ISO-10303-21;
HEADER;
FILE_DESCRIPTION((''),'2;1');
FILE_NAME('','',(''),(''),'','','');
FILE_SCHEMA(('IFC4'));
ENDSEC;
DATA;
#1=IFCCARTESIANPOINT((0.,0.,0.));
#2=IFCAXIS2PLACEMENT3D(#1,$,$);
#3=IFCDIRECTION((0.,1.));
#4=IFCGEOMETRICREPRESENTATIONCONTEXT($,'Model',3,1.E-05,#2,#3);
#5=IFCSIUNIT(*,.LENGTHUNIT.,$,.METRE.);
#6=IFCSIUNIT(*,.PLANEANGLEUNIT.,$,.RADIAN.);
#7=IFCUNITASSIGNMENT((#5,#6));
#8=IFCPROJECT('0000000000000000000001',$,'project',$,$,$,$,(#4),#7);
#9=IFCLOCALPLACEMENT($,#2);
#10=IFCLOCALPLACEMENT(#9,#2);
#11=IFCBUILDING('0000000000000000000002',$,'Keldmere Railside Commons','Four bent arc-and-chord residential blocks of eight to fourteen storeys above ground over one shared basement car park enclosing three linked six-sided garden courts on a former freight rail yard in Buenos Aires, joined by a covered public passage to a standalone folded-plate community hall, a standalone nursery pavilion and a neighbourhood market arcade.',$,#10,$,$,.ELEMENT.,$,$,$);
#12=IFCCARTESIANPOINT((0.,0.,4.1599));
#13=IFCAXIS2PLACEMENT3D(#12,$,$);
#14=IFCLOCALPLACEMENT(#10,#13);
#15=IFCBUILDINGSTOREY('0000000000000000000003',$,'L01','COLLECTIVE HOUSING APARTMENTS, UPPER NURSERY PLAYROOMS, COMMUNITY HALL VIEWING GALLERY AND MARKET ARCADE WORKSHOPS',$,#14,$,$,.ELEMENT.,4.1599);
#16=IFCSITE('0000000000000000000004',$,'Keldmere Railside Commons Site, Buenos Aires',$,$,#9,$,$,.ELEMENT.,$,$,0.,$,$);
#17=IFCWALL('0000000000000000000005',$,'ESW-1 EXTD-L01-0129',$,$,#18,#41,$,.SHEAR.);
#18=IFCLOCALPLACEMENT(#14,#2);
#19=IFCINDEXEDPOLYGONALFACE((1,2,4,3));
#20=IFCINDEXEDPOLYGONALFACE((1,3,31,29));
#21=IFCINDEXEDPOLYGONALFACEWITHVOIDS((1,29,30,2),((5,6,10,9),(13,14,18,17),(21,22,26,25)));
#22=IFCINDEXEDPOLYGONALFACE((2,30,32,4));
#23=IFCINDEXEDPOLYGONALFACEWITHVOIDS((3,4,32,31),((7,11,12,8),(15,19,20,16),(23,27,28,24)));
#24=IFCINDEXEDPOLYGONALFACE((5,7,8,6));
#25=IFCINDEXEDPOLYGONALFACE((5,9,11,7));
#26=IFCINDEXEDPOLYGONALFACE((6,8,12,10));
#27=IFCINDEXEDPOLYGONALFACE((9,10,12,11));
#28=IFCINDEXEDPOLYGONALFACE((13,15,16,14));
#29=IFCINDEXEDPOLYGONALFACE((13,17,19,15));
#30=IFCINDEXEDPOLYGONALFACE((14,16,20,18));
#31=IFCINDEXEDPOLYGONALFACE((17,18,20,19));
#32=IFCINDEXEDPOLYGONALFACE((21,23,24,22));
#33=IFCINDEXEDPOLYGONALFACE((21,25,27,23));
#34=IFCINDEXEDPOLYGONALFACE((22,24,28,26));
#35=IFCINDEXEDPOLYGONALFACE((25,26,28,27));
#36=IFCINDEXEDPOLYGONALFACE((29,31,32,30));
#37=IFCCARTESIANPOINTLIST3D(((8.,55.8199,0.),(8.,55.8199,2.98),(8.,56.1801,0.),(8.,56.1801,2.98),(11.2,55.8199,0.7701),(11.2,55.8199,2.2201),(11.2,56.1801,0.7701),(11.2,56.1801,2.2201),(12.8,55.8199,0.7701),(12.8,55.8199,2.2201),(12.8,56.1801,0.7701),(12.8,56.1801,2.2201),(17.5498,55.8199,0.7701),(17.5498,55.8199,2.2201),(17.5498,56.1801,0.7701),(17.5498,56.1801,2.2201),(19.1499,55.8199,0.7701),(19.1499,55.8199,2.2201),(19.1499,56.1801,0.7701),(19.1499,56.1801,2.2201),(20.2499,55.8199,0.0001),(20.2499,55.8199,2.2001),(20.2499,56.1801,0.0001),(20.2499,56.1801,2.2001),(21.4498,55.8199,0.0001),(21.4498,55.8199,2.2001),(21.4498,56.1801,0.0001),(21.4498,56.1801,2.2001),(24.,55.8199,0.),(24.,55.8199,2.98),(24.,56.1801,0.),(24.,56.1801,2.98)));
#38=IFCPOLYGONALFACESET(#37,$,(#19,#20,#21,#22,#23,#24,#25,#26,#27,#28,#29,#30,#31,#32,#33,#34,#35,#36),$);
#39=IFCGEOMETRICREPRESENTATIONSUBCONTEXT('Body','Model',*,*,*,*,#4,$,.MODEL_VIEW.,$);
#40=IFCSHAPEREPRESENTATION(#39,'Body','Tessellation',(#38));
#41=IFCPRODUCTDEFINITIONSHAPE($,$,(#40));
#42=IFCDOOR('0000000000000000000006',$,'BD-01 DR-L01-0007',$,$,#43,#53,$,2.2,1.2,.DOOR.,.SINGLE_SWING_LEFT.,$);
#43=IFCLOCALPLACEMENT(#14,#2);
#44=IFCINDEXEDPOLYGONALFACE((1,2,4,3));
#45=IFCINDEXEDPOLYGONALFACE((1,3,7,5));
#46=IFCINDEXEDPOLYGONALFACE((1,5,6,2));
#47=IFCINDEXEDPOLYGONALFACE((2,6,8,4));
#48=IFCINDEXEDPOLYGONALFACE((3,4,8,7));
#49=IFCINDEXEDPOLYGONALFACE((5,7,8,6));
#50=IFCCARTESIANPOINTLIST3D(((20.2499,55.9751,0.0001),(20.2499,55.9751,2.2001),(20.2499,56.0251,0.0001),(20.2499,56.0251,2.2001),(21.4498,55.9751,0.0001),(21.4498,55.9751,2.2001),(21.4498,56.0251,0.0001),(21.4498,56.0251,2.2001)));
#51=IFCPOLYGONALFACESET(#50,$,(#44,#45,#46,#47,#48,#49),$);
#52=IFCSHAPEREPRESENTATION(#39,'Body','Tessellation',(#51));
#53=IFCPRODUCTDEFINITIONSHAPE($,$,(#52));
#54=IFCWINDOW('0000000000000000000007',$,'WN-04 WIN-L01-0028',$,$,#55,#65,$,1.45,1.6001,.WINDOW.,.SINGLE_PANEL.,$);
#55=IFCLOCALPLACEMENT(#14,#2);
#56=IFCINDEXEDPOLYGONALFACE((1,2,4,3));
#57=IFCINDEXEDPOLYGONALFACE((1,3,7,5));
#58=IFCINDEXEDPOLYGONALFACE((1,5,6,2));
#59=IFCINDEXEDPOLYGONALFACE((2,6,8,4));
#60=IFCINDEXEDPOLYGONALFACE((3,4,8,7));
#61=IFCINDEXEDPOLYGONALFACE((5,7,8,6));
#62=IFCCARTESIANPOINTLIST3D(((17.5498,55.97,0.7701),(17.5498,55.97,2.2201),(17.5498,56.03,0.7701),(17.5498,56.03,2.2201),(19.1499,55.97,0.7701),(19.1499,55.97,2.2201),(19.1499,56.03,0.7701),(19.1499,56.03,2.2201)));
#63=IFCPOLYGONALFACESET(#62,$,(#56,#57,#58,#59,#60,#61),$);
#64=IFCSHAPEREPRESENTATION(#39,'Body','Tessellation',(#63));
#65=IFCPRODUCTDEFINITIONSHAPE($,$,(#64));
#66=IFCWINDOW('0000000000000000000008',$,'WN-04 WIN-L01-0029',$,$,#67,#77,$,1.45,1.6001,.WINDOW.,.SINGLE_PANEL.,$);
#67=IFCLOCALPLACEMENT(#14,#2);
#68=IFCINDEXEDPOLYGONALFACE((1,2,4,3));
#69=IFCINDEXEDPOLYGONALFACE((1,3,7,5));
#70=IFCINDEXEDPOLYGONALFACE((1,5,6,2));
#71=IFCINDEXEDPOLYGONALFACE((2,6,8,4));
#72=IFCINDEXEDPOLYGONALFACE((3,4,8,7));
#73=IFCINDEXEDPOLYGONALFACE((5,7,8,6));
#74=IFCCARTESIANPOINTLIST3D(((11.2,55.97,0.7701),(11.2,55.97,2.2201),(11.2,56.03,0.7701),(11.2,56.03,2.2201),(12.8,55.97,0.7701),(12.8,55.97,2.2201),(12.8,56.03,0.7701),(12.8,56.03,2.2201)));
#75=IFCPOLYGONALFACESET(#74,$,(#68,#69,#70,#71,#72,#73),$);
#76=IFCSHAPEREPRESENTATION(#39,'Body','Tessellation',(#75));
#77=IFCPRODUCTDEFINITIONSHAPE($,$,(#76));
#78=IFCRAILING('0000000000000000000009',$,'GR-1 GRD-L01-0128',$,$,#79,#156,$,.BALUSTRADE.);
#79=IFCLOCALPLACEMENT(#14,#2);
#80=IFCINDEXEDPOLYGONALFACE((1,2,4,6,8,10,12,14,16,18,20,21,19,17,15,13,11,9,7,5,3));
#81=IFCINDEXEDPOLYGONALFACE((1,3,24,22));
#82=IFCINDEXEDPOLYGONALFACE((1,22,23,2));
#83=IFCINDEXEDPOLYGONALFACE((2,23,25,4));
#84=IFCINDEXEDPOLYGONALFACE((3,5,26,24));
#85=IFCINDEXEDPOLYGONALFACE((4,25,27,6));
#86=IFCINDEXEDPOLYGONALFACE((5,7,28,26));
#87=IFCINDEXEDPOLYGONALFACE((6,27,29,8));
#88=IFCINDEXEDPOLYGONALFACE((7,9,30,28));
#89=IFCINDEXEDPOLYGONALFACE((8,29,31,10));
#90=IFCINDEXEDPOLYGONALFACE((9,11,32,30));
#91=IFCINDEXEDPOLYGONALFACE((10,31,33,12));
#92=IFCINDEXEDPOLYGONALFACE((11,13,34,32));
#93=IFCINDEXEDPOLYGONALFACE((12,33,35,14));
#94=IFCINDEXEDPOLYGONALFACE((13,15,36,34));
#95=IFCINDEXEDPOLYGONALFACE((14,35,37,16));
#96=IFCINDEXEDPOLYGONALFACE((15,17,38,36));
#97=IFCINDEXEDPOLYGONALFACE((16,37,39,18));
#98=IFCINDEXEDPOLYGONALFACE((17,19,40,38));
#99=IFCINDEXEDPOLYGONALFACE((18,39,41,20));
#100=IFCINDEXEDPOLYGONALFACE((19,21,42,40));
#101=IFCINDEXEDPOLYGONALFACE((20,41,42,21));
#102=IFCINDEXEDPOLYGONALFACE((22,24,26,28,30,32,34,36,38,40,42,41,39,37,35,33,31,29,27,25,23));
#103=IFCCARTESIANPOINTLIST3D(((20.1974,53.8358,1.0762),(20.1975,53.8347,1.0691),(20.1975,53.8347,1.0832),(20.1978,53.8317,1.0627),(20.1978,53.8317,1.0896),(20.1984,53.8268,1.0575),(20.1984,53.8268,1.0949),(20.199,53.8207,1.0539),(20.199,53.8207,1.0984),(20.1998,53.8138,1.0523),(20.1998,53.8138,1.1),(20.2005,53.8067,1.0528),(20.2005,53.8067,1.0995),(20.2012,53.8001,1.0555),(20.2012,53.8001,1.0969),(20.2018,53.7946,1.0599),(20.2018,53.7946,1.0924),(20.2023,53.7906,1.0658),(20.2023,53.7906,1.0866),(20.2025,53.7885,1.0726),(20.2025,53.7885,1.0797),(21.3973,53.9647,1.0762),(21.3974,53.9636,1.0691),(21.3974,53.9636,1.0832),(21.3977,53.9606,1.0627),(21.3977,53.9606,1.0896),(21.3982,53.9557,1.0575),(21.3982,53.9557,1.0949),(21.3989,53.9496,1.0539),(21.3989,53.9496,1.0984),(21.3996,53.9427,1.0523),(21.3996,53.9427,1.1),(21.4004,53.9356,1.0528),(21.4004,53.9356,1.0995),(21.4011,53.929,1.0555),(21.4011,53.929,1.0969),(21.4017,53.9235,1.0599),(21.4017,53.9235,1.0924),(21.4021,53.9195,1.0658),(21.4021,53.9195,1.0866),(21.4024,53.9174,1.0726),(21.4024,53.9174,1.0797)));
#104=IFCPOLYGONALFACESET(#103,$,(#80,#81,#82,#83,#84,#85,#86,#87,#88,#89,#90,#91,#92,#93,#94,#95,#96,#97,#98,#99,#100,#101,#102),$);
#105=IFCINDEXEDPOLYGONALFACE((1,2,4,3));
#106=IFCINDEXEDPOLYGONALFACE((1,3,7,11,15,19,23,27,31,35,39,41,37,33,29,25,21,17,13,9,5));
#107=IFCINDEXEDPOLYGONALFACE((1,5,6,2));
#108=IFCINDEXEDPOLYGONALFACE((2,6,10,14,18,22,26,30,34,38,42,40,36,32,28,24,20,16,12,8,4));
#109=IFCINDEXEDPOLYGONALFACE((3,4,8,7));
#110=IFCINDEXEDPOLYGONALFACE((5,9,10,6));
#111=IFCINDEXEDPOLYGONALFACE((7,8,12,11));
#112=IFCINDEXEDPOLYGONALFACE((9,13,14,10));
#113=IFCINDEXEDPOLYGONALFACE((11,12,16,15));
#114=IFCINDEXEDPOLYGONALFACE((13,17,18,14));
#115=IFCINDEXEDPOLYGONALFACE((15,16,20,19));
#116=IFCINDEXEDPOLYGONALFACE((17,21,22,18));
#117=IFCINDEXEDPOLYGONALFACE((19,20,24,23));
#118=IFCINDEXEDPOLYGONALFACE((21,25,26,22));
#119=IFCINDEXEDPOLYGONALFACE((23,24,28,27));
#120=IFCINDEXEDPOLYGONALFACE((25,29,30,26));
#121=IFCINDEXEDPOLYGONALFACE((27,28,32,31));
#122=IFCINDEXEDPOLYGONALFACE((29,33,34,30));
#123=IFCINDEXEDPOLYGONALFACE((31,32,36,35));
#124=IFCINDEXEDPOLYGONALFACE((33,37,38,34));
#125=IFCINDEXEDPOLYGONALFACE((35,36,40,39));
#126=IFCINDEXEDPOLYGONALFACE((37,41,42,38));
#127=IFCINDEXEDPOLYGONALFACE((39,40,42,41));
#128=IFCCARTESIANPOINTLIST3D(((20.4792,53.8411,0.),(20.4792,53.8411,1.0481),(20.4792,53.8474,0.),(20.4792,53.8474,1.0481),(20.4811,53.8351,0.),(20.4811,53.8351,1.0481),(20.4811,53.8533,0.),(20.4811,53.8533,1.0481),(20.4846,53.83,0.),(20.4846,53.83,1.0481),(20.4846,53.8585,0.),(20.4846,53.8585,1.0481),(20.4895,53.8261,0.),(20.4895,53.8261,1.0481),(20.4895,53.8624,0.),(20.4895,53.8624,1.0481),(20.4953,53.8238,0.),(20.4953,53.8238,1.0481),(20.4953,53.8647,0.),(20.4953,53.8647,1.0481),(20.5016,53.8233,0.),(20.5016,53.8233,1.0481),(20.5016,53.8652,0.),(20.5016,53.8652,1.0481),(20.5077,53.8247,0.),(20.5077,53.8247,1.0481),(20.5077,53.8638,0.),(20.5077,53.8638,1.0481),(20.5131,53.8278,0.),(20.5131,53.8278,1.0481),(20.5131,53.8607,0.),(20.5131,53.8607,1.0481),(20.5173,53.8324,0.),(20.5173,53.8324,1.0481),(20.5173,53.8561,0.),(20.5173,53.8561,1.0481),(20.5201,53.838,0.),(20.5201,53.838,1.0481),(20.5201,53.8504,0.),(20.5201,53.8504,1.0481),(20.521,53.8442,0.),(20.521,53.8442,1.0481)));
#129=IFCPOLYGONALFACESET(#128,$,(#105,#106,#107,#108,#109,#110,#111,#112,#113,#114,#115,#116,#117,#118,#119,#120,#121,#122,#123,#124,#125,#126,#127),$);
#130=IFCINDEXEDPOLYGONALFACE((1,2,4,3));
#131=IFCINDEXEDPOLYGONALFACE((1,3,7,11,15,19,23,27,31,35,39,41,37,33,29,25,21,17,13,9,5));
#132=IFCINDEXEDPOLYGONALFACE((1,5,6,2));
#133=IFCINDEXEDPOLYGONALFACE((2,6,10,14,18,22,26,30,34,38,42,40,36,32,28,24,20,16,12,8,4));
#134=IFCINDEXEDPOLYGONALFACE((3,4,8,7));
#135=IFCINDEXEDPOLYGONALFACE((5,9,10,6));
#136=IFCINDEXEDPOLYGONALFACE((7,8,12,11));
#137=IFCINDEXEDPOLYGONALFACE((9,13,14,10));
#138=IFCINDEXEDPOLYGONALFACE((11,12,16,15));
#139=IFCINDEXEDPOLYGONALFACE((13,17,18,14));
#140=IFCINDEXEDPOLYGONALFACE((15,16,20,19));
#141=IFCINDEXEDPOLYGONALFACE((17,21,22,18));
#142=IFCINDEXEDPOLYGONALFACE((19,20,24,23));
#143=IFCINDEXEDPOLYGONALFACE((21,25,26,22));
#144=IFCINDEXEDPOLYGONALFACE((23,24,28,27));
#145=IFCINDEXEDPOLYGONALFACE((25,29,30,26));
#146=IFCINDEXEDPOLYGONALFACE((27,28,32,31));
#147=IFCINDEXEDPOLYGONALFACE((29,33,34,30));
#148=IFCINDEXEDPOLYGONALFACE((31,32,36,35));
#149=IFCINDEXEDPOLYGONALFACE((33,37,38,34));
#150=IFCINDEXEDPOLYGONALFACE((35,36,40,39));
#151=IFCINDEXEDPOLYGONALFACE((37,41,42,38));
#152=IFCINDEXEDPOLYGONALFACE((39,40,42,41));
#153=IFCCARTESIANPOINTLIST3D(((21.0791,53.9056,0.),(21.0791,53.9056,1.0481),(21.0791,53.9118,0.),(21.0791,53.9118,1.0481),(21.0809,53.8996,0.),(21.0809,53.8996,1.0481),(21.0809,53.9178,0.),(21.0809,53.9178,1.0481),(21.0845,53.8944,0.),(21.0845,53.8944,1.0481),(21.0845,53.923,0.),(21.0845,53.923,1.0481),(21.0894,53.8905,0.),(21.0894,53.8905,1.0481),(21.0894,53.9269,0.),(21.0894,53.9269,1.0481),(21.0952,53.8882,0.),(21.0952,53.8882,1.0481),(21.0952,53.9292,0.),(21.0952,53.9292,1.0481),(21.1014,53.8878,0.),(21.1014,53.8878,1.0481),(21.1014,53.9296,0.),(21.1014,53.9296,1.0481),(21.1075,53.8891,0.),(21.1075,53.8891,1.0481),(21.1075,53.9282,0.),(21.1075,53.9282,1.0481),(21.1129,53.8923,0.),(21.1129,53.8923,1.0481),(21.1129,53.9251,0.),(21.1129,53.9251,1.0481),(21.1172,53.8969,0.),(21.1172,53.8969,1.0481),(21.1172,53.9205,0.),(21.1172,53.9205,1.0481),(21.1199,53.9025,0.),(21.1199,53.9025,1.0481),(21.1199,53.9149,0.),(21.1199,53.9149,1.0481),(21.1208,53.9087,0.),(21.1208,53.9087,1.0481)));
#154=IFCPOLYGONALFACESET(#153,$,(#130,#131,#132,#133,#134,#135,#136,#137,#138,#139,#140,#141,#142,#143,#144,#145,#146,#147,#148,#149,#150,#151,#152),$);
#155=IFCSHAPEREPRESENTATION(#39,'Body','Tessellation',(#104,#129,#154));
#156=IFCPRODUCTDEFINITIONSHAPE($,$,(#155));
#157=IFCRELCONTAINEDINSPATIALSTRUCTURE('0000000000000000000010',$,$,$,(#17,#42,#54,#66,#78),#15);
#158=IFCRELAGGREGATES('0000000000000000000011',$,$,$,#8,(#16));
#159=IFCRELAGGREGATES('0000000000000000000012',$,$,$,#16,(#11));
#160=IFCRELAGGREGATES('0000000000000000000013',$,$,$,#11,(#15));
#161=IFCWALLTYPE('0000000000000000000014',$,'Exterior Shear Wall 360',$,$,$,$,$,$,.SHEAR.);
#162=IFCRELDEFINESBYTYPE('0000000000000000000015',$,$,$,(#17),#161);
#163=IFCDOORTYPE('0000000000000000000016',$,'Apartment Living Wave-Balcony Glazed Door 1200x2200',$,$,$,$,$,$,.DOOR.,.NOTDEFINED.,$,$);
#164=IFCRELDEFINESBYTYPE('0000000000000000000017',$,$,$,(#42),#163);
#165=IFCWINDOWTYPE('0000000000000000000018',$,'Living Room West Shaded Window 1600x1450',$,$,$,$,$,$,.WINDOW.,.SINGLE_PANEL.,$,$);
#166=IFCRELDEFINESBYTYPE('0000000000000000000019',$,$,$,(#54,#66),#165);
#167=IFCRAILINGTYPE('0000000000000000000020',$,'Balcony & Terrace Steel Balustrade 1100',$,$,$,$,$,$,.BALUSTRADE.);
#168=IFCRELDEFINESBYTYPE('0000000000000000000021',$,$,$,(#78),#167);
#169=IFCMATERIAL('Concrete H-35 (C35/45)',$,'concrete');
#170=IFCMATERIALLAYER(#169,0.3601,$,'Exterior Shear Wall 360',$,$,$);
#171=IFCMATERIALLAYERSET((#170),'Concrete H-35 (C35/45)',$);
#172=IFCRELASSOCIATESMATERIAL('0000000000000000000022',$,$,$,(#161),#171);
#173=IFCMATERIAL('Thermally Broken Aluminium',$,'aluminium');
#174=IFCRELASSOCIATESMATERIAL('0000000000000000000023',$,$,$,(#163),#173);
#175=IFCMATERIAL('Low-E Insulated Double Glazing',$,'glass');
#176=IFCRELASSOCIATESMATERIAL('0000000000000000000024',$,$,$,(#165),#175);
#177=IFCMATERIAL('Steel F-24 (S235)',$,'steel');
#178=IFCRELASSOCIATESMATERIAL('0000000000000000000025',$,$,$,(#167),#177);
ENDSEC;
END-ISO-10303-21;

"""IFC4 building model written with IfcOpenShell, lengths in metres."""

from ifc_helpers import new_model, si_unit, direction, frame, frame_2d, origin, origin_2d, place, context, subcontext, project, spatial, rectangle, circle, extrude, material, layer, layer_set, type_object, element, fill, save


model = new_model("IFC4")

# Units and contexts
model_context = context("Model", 3, precision=1e-05, world=origin(), true_north=direction((0.0, 1.0)))
body_context = subcontext(model_context, "Body", "Model", "MODEL_VIEW")
ifc_project = project(units=[si_unit("LENGTHUNIT", "METRE"), si_unit("PLANEANGLEUNIT", "RADIAN")], contexts=[model_context])

# Site, building, storey
site_placement = place(None, origin())
site = spatial("IfcSite", under=ifc_project, at=site_placement, Name="Keldmere Railside Commons Site, Buenos Aires", CompositionType="ELEMENT", RefElevation=0.0)
building_placement = place(site_placement, origin())
building = spatial("IfcBuilding", under=site, at=building_placement, Name="Keldmere Railside Commons", Description="Four bent arc-and-chord residential blocks of eight to fourteen storeys above ground over one shared basement car park enclosing three linked six-sided garden courts on a former freight rail yard in Buenos Aires, joined by a covered public passage to a standalone folded-plate community hall, a standalone nursery pavilion and a neighbourhood market arcade.", CompositionType="ELEMENT")
storey_placement = place(building_placement, frame((0.0, 0.0, 4.1599)))
storey = spatial("IfcBuildingStorey", under=building, at=storey_placement, Name="L01", Description="COLLECTIVE HOUSING APARTMENTS, UPPER NURSERY PLAYROOMS, COMMUNITY HALL VIEWING GALLERY AND MARKET ARCADE WORKSHOPS", CompositionType="ELEMENT", Elevation=4.1599)

# Shared definitions
ifc_material_1 = material(Name="Thermally Broken Aluminium", Category="aluminium")
ifc_material_2 = material(Name="Low-E Insulated Double Glazing", Category="glass")

# Wall, openings, door, windows
ifc_material_3 = material(Name="Concrete H-35 (C35/45)", Category="concrete")
ifc_layer_1 = layer(ifc_material_3, 0.3601, Name="Exterior Shear Wall 360")
ifc_layer_set_1 = layer_set([ifc_layer_1], Name="Concrete H-35 (C35/45)")
wall_type_1 = type_object("IfcWallType", Name="Exterior Shear Wall 360", PredefinedType="SHEAR", material=ifc_layer_set_1)
wall_1_placement = place(storey_placement, frame((24.0, 56.0, 0.0), z_axis=(0.0, 0.0, 1.0), x_axis=(-1.0, 0.0, 0.0)))
wall_1 = element("IfcWall", 1, at=wall_1_placement, inside=storey, type_object=wall_type_1, Name="ESW-1 EXTD-L01-0129", PredefinedType="SHEAR", context=body_context, shape_type="SweptSolid", body=[
    extrude(rectangle(XDim=16.0, YDim=0.3601, at=frame_2d((8.0, 0.0))), origin(), (0.0, 0.0, 1.0), 2.98),
])
opening_1_placement = place(wall_1_placement, frame((2.55, 0.0, 0.0)))
opening_1 = element("IfcOpeningElement", 2, at=opening_1_placement, cuts=wall_1, PredefinedType="OPENING", context=body_context, shape_type="SweptSolid", body=[
    extrude(rectangle(XDim=1.2, YDim=2.2, at=frame_2d((0.6001, 1.1001))), frame((0.0, 0.1899, 0.0), z_axis=(0.0, -1.0, 0.0), x_axis=(1.0, 0.0, 0.0)), (0.0, 0.0, 1.0), 0.3801),
])
opening_2_placement = place(wall_1_placement, frame((4.8501, 0.0, 0.77)))
opening_2 = element("IfcOpeningElement", 3, at=opening_2_placement, cuts=wall_1, PredefinedType="OPENING", context=body_context, shape_type="SweptSolid", body=[
    extrude(rectangle(XDim=1.6001, YDim=1.45, at=frame_2d((0.8, 0.7251))), frame((0.0, 0.1899, 0.0), z_axis=(0.0, -1.0, 0.0), x_axis=(1.0, 0.0, 0.0)), (0.0, 0.0, 1.0), 0.3801),
])
opening_3_placement = place(wall_1_placement, frame((11.2, 0.0, 0.77)))
opening_3 = element("IfcOpeningElement", 4, at=opening_3_placement, cuts=wall_1, PredefinedType="OPENING", context=body_context, shape_type="SweptSolid", body=[
    extrude(rectangle(XDim=1.6001, YDim=1.45, at=frame_2d((0.8, 0.7251))), frame((0.0, 0.1899, 0.0), z_axis=(0.0, -1.0, 0.0), x_axis=(1.0, 0.0, 0.0)), (0.0, 0.0, 1.0), 0.3801),
])
door_type_1 = type_object("IfcDoorType", Name="Apartment Living Wave-Balcony Glazed Door 1200x2200", OperationType="NOTDEFINED", PredefinedType="DOOR", material=ifc_material_1)
door_1_placement = place(opening_1_placement, origin())
door_1 = element("IfcDoor", 5, at=door_1_placement, inside=storey, type_object=door_type_1, Name="BD-01 DR-L01-0007", OperationType="SINGLE_SWING_LEFT", OverallHeight=2.2, OverallWidth=1.2, PredefinedType="DOOR", context=body_context, shape_type="SweptSolid", body=[
    extrude(rectangle(XDim=1.2, YDim=2.2, at=frame_2d((0.6001, 1.1001))), frame((0.0, 0.0249, 0.0), z_axis=(0.0, -1.0, 0.0), x_axis=(1.0, 0.0, 0.0)), (0.0, 0.0, 1.0), 0.05),
])
fill(opening_1, door_1)
window_type = type_object("IfcWindowType", Name="Living Room West Shaded Window 1600x1450", PartitioningType="SINGLE_PANEL", PredefinedType="WINDOW", material=ifc_material_2)
window_1_placement = place(opening_2_placement, origin())
window_1 = element("IfcWindow", 6, at=window_1_placement, inside=storey, type_object=window_type, Name="WN-04 WIN-L01-0028", OverallHeight=1.45, OverallWidth=1.6001, PartitioningType="SINGLE_PANEL", PredefinedType="WINDOW", context=body_context, shape_type="SweptSolid", body=[
    extrude(rectangle(XDim=1.6001, YDim=1.45, at=frame_2d((0.8, 0.7251))), frame((0.0, 0.03, 0.0), z_axis=(0.0, -1.0, 0.0), x_axis=(1.0, 0.0, 0.0)), (0.0, 0.0, 1.0), 0.0601),
])
fill(opening_2, window_1)
window_2_placement = place(opening_3_placement, origin())
window_2 = element("IfcWindow", 7, at=window_2_placement, inside=storey, type_object=window_type, Name="WN-04 WIN-L01-0029", OverallHeight=1.45, OverallWidth=1.6001, PartitioningType="SINGLE_PANEL", PredefinedType="WINDOW", context=body_context, shape_type="SweptSolid", body=[
    extrude(rectangle(XDim=1.6001, YDim=1.45, at=frame_2d((0.8, 0.7251))), frame((0.0, 0.03, 0.0), z_axis=(0.0, -1.0, 0.0), x_axis=(1.0, 0.0, 0.0)), (0.0, 0.0, 1.0), 0.0601),
])
fill(opening_3, window_2)

# Railing
ifc_material_4 = material(Name="Steel F-24 (S235)", Category="steel")
railing_type = type_object("IfcRailingType", Name="Balcony & Terrace Steel Balustrade 1100", PredefinedType="BALUSTRADE", material=ifc_material_4)
railing_1_placement = place(storey_placement, frame((20.2, 53.812, 0.0)))
element("IfcRailing", 8, at=railing_1_placement, inside=storey, type_object=railing_type, Name="GR-1 GRD-L01-0128", PredefinedType="BALUSTRADE", context=body_context, shape_type="SweptSolid", body=[
    extrude(circle(Radius=0.0239, at=origin_2d()), frame((0.0, 0.0, 1.0762), z_axis=(0.994279, 0.106812, 0.0), x_axis=(-0.106812, 0.994279, 0.0)), (0.0, 0.0, 1.0), 1.2068),
    extrude(circle(Radius=0.021, at=origin_2d()), frame((0.3, 0.0322, 0.0)), (0.0, 0.0, 1.0), 1.0481),
    extrude(circle(Radius=0.021, at=origin_2d()), frame((0.8999, 0.0967, 0.0)), (0.0, 0.0, 1.0), 1.0481),
])

save(model, "model.ifc")
